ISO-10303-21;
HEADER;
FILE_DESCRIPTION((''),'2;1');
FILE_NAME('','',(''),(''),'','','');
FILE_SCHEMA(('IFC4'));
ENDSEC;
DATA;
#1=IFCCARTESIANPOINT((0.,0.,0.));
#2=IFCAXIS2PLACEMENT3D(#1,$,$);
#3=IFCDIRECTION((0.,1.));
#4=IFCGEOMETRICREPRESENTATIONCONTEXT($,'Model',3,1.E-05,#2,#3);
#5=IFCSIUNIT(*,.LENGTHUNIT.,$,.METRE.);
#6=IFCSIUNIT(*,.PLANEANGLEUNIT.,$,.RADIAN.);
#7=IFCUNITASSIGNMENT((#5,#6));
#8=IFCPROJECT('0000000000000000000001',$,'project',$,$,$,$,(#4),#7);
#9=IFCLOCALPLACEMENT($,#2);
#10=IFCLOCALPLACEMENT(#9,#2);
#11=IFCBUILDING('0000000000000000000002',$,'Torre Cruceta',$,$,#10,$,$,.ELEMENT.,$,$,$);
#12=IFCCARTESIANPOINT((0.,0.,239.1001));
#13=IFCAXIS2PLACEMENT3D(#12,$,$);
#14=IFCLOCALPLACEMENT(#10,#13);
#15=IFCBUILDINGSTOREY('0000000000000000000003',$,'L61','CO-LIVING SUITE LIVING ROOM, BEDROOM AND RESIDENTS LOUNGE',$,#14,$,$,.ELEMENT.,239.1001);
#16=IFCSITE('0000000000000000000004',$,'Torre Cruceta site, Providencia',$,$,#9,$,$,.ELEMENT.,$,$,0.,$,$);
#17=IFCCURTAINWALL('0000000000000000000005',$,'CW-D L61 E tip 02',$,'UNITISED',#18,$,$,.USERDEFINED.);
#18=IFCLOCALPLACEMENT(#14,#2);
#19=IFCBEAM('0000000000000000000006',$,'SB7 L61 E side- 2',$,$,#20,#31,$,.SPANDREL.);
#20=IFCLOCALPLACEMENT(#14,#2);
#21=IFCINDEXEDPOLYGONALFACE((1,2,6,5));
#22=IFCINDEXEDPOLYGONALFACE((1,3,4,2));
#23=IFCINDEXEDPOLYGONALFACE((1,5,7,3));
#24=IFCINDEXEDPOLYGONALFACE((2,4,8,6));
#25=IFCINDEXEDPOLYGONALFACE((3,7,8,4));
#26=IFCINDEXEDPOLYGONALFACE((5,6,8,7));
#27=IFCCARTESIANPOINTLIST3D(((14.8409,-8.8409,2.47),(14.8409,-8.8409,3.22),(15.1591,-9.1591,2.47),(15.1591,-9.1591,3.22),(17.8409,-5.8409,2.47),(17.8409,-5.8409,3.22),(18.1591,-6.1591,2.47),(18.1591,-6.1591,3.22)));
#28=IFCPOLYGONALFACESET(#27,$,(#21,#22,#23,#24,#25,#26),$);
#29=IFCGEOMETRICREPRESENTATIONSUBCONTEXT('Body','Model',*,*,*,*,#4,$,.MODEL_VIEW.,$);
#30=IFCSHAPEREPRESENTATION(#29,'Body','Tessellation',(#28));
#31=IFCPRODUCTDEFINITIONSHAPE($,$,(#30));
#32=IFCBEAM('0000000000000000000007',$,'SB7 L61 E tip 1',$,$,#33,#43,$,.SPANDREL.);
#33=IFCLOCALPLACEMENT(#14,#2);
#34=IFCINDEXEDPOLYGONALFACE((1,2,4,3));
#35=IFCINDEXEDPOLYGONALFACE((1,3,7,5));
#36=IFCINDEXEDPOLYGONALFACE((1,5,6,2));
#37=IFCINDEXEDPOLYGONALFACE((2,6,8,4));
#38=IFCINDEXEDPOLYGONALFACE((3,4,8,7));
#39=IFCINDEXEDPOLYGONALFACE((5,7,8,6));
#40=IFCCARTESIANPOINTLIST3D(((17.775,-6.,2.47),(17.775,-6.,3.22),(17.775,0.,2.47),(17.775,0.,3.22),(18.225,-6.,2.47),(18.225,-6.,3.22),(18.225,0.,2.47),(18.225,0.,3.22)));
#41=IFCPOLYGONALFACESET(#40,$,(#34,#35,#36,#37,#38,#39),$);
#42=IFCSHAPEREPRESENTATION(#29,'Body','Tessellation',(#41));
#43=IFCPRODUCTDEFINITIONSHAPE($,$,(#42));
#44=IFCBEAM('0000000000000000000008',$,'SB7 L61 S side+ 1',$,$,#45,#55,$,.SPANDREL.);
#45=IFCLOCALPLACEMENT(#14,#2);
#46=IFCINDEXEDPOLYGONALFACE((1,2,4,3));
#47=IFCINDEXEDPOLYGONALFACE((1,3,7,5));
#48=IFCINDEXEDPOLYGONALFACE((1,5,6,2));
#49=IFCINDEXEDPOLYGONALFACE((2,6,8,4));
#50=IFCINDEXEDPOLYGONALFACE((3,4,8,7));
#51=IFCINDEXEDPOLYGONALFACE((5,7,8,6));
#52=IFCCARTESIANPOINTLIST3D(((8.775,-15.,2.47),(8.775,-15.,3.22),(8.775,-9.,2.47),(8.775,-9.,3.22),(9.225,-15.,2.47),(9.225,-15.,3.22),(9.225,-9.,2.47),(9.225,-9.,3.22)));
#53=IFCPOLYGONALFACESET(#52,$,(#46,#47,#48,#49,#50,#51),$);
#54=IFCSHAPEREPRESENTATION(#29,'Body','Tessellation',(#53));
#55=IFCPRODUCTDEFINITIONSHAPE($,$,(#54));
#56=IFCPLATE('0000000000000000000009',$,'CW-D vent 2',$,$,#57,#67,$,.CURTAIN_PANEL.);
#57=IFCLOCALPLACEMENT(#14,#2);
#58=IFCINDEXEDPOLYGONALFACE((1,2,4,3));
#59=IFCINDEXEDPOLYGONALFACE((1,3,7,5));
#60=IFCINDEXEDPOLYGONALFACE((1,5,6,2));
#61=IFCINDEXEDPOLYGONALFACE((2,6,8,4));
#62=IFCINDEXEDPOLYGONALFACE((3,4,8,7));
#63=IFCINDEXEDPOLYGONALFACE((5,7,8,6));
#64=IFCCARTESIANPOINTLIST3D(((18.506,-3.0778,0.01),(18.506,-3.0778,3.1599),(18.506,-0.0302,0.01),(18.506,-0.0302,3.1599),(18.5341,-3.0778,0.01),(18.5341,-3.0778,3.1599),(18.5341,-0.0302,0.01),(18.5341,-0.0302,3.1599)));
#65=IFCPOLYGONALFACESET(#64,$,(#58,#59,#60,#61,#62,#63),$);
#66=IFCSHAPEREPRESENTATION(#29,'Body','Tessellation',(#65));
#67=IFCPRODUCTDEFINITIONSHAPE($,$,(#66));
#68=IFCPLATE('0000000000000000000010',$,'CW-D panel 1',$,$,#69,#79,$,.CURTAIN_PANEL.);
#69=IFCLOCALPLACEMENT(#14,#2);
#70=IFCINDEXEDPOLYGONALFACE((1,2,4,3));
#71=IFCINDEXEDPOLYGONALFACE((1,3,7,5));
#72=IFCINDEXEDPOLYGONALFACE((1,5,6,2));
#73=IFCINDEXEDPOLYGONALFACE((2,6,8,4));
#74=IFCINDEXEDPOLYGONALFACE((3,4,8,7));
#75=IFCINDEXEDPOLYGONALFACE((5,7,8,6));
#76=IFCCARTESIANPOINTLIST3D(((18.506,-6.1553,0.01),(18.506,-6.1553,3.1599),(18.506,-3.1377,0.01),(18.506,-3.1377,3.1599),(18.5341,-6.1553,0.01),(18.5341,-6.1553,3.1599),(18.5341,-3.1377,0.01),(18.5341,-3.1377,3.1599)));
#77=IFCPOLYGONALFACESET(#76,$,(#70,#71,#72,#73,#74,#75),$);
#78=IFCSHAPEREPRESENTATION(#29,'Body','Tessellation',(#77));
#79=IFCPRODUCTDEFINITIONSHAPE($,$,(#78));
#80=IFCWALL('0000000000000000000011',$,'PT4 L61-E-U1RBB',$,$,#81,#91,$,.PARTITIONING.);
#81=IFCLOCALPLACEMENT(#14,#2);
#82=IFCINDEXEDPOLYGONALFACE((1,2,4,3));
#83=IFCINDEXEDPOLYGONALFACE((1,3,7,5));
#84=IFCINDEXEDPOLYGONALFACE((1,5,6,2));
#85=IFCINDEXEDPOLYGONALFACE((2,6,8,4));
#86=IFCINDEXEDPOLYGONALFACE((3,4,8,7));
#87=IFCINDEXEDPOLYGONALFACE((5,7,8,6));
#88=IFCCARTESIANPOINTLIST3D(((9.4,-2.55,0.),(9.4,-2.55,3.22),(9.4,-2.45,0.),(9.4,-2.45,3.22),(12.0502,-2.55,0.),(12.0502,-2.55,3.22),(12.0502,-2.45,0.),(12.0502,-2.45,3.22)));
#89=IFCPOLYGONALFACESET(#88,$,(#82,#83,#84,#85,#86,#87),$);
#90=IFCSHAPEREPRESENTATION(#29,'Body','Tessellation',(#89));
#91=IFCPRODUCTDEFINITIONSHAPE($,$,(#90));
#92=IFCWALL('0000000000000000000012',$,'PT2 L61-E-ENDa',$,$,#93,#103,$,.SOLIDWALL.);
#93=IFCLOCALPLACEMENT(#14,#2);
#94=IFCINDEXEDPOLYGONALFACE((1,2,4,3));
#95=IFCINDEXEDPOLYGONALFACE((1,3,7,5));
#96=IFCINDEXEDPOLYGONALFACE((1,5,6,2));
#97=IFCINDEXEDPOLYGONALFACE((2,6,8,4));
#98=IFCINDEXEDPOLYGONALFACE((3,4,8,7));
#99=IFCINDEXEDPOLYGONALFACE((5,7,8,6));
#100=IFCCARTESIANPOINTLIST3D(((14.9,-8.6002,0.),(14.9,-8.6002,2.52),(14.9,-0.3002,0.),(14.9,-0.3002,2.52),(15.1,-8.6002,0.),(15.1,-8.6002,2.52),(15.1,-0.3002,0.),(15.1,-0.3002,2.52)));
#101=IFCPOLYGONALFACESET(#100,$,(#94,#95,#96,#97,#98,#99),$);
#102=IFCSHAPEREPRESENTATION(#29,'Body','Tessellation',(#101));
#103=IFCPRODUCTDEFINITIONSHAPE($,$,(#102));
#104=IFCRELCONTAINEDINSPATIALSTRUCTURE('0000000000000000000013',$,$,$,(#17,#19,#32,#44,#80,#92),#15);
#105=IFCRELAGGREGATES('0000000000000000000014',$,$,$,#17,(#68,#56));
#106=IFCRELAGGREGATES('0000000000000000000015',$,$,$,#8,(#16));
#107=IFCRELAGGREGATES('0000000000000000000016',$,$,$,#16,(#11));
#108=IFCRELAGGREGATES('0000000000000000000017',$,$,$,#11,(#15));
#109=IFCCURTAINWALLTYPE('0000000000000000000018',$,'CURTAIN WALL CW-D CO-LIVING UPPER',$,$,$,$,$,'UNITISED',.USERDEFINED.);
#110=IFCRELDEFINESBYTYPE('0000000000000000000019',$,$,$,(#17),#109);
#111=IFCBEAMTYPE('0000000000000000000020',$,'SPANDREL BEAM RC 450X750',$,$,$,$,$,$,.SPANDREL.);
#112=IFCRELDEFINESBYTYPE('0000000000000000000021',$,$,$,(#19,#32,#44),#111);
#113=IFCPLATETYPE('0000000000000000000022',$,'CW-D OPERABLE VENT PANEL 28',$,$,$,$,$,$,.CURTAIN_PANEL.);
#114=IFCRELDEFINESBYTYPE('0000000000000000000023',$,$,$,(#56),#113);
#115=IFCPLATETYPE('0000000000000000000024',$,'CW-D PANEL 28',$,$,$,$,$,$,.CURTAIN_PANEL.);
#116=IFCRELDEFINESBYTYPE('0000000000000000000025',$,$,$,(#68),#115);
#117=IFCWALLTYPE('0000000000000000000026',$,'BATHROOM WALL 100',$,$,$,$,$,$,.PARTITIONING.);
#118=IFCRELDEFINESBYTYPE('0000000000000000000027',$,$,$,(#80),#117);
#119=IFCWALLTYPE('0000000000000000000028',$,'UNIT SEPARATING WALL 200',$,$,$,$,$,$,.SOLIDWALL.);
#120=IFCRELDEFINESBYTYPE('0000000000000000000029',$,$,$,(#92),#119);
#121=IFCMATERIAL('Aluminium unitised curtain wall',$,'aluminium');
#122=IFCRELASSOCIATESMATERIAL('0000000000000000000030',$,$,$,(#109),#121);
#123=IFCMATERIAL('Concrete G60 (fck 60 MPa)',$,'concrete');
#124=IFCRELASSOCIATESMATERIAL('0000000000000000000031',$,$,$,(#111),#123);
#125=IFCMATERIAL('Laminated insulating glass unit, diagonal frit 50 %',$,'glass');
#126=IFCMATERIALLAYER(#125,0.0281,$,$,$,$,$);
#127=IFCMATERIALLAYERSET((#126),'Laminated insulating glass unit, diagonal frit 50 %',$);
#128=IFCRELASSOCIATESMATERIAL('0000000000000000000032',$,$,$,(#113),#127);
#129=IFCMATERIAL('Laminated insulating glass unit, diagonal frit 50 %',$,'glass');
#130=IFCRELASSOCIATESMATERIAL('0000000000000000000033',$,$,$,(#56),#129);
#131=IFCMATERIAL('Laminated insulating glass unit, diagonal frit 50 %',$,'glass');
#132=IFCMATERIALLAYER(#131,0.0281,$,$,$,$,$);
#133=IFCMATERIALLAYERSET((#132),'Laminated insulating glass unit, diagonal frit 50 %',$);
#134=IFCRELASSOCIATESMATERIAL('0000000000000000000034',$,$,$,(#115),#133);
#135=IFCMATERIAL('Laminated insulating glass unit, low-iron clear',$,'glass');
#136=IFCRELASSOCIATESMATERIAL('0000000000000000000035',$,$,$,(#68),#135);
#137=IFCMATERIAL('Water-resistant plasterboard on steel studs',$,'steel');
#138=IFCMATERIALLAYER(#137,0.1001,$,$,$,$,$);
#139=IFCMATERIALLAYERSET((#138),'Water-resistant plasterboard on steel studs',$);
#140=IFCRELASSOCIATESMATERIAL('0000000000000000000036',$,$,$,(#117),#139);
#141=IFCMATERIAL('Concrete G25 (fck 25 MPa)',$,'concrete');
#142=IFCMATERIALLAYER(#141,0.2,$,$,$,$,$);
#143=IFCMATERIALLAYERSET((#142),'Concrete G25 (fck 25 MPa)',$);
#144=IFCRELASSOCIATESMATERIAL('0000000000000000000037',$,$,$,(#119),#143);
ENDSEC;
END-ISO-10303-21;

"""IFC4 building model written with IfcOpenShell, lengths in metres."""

from ifc_helpers import new_model, si_unit, direction, frame, frame_2d, origin, origin_2d, place, context, subcontext, project, spatial, rectangle, extrude, material, layer, layer_set, material_profile, profile_set, type_object, element, aggregate, save


model = new_model("IFC4")

# Units and contexts
model_context = context("Model", 3, precision=1e-05, world=origin(), true_north=direction((0.0, 1.0)))
body_context = subcontext(model_context, "Body", "Model", "MODEL_VIEW")
ifc_project = project(units=[si_unit("LENGTHUNIT", "METRE"), si_unit("PLANEANGLEUNIT", "RADIAN")], contexts=[model_context])

# Site, building, storey
site_placement = place(None, origin())
site = spatial("IfcSite", under=ifc_project, at=site_placement, Name="Torre Cruceta site, Providencia", CompositionType="ELEMENT", RefElevation=0.0)
building_placement = place(site_placement, origin())
building = spatial("IfcBuilding", under=site, at=building_placement, Name="Torre Cruceta", CompositionType="ELEMENT")
storey_placement = place(building_placement, frame((0.0, 0.0, 239.1001)))
storey = spatial("IfcBuildingStorey", under=building, at=storey_placement, Name="L61", Description="CO-LIVING SUITE LIVING ROOM, BEDROOM AND RESIDENTS LOUNGE", CompositionType="ELEMENT", Elevation=239.1001)

# Curtain wall
ifc_material_1 = material(Name="Aluminium unitised curtain wall", Category="aluminium")
curtain_wall_type = type_object("IfcCurtainWallType", Name="CURTAIN WALL CW-D CO-LIVING UPPER", ElementType="UNITISED", PredefinedType="USERDEFINED", material=ifc_material_1)
curtain_wall_placement = place(storey_placement, origin())
curtain_wall = element("IfcCurtainWall", 1, at=curtain_wall_placement, inside=storey, type_object=curtain_wall_type, Name="CW-D L61 E tip 02", ObjectType="UNITISED", PredefinedType="USERDEFINED")

# Beams
ifc_material_2 = material(Name="Concrete G60 (fck 60 MPa)", Category="concrete")
ifc_material_profile_1 = material_profile(ifc_material_2, rectangle(XDim=0.45, YDim=0.75, at=origin_2d()), Name="RC 450X750")
ifc_profile_set_1 = profile_set([ifc_material_profile_1], Name="Concrete G60 (fck 60 MPa)")
beam_type_1 = type_object("IfcBeamType", Name="SPANDREL BEAM RC 450X750", PredefinedType="SPANDREL", material=ifc_profile_set_1)
beam_1_placement = place(storey_placement, frame((15.0, -9.0, 2.845), z_axis=(0.707107, 0.707107, 0.0), x_axis=(-0.707107, 0.707107, 0.0)))
element("IfcBeam", 2, at=beam_1_placement, inside=storey, type_object=beam_type_1, Name="SB7 L61 E side- 2", PredefinedType="SPANDREL", context=body_context, shape_type="SweptSolid", body=[
    extrude(rectangle(XDim=0.45, YDim=0.75, at=origin_2d()), origin(), (0.0, 0.0, 1.0), 4.2427),
])
for number, where, z_axis, x_axis, name in (
    (3, (18.0, -6.0, 2.845), (0.0, 1.0, 0.0), (-1.0, 0.0, 0.0), "SB7 L61 E tip 1"),
    (4, (9.0, -9.0, 2.845), (0.0, -1.0, 0.0), (1.0, 0.0, 0.0), "SB7 L61 S side+ 1"),
):
    element("IfcBeam", number, at=place(storey_placement, frame(where, z_axis=z_axis, x_axis=x_axis)), inside=storey, type_object=beam_type_1, Name=name, PredefinedType="SPANDREL", context=body_context, shape_type="SweptSolid", body=[
        extrude(rectangle(XDim=0.45, YDim=0.75, at=origin_2d()), origin(), (0.0, 0.0, 1.0), 6.0),
    ])

# Plates
ifc_material_3 = material(Name="Laminated insulating glass unit, diagonal frit 50 %", Category="glass")
ifc_material_4 = material(Name="Laminated insulating glass unit, diagonal frit 50 %", Category="glass")
ifc_layer_1 = layer(ifc_material_4, 0.0281)
ifc_layer_set_1 = layer_set([ifc_layer_1], Name="Laminated insulating glass unit, diagonal frit 50 %")
plate_type_1 = type_object("IfcPlateType", Name="CW-D OPERABLE VENT PANEL 28", PredefinedType="CURTAIN_PANEL", material=ifc_layer_set_1)
plate_1_placement = place(storey_placement, frame((18.52, -1.554, 0.01), z_axis=(0.0, 0.0, 1.0), x_axis=(0.0, 1.0, 0.0)))
plate_1 = element("IfcPlate", 5, at=plate_1_placement, type_object=plate_type_1, material=ifc_material_3, Name="CW-D vent 2", PredefinedType="CURTAIN_PANEL", context=body_context, shape_type="SweptSolid", body=[
    extrude(rectangle(XDim=3.0476, YDim=0.0281, at=origin_2d()), origin(), (0.0, 0.0, 1.0), 3.1499),
])
ifc_material_5 = material(Name="Laminated insulating glass unit, low-iron clear", Category="glass")
ifc_material_6 = material(Name="Laminated insulating glass unit, diagonal frit 50 %", Category="glass")
ifc_layer_2 = layer(ifc_material_6, 0.0281)
ifc_layer_set_2 = layer_set([ifc_layer_2], Name="Laminated insulating glass unit, diagonal frit 50 %")
plate_type_2 = type_object("IfcPlateType", Name="CW-D PANEL 28", PredefinedType="CURTAIN_PANEL", material=ifc_layer_set_2)
plate_2_placement = place(storey_placement, frame((18.52, -4.6465, 0.01), z_axis=(0.0, 0.0, 1.0), x_axis=(0.0, 1.0, 0.0)))
plate_2 = element("IfcPlate", 6, at=plate_2_placement, type_object=plate_type_2, material=ifc_material_5, Name="CW-D panel 1", PredefinedType="CURTAIN_PANEL", context=body_context, shape_type="SweptSolid", body=[
    extrude(rectangle(XDim=3.0176, YDim=0.0281, at=origin_2d()), origin(), (0.0, 0.0, 1.0), 3.1499),
])
aggregate(curtain_wall, [plate_2, plate_1])

# Walls
ifc_material_7 = material(Name="Water-resistant plasterboard on steel studs", Category="steel")
ifc_layer_3 = layer(ifc_material_7, 0.1001)
ifc_layer_set_3 = layer_set([ifc_layer_3], Name="Water-resistant plasterboard on steel studs")
wall_type_1 = type_object("IfcWallType", Name="BATHROOM WALL 100", PredefinedType="PARTITIONING", material=ifc_layer_set_3)
wall_1_placement = place(storey_placement, frame((9.3999, -2.5, 0.0), z_axis=(0.0, 0.0, 1.0), x_axis=(1.0, 0.0, 0.0)))
element("IfcWall", 7, at=wall_1_placement, inside=storey, type_object=wall_type_1, Name="PT4 L61-E-U1RBB", PredefinedType="PARTITIONING", context=body_context, shape_type="SweptSolid", body=[
    extrude(rectangle(XDim=2.6501, YDim=0.1001, at=frame_2d((1.3252, 0.0))), origin(), (0.0, 0.0, 1.0), 3.22),
])
ifc_material_8 = material(Name="Concrete G25 (fck 25 MPa)", Category="concrete")
ifc_layer_4 = layer(ifc_material_8, 0.2)
ifc_layer_set_4 = layer_set([ifc_layer_4], Name="Concrete G25 (fck 25 MPa)")
wall_type_2 = type_object("IfcWallType", Name="UNIT SEPARATING WALL 200", PredefinedType="SOLIDWALL", material=ifc_layer_set_4)
wall_2_placement = place(storey_placement, frame((15.0, -8.6001, 0.0), z_axis=(0.0, 0.0, 1.0), x_axis=(0.0, 1.0, 0.0)))
element("IfcWall", 8, at=wall_2_placement, inside=storey, type_object=wall_type_2, Name="PT2 L61-E-ENDa", PredefinedType="SOLIDWALL", context=body_context, shape_type="SweptSolid", body=[
    extrude(rectangle(XDim=8.3, YDim=0.2, at=frame_2d((4.1499, 0.0))), origin(), (0.0, 0.0, 1.0), 2.52),
])

save(model, "model.ifc")
